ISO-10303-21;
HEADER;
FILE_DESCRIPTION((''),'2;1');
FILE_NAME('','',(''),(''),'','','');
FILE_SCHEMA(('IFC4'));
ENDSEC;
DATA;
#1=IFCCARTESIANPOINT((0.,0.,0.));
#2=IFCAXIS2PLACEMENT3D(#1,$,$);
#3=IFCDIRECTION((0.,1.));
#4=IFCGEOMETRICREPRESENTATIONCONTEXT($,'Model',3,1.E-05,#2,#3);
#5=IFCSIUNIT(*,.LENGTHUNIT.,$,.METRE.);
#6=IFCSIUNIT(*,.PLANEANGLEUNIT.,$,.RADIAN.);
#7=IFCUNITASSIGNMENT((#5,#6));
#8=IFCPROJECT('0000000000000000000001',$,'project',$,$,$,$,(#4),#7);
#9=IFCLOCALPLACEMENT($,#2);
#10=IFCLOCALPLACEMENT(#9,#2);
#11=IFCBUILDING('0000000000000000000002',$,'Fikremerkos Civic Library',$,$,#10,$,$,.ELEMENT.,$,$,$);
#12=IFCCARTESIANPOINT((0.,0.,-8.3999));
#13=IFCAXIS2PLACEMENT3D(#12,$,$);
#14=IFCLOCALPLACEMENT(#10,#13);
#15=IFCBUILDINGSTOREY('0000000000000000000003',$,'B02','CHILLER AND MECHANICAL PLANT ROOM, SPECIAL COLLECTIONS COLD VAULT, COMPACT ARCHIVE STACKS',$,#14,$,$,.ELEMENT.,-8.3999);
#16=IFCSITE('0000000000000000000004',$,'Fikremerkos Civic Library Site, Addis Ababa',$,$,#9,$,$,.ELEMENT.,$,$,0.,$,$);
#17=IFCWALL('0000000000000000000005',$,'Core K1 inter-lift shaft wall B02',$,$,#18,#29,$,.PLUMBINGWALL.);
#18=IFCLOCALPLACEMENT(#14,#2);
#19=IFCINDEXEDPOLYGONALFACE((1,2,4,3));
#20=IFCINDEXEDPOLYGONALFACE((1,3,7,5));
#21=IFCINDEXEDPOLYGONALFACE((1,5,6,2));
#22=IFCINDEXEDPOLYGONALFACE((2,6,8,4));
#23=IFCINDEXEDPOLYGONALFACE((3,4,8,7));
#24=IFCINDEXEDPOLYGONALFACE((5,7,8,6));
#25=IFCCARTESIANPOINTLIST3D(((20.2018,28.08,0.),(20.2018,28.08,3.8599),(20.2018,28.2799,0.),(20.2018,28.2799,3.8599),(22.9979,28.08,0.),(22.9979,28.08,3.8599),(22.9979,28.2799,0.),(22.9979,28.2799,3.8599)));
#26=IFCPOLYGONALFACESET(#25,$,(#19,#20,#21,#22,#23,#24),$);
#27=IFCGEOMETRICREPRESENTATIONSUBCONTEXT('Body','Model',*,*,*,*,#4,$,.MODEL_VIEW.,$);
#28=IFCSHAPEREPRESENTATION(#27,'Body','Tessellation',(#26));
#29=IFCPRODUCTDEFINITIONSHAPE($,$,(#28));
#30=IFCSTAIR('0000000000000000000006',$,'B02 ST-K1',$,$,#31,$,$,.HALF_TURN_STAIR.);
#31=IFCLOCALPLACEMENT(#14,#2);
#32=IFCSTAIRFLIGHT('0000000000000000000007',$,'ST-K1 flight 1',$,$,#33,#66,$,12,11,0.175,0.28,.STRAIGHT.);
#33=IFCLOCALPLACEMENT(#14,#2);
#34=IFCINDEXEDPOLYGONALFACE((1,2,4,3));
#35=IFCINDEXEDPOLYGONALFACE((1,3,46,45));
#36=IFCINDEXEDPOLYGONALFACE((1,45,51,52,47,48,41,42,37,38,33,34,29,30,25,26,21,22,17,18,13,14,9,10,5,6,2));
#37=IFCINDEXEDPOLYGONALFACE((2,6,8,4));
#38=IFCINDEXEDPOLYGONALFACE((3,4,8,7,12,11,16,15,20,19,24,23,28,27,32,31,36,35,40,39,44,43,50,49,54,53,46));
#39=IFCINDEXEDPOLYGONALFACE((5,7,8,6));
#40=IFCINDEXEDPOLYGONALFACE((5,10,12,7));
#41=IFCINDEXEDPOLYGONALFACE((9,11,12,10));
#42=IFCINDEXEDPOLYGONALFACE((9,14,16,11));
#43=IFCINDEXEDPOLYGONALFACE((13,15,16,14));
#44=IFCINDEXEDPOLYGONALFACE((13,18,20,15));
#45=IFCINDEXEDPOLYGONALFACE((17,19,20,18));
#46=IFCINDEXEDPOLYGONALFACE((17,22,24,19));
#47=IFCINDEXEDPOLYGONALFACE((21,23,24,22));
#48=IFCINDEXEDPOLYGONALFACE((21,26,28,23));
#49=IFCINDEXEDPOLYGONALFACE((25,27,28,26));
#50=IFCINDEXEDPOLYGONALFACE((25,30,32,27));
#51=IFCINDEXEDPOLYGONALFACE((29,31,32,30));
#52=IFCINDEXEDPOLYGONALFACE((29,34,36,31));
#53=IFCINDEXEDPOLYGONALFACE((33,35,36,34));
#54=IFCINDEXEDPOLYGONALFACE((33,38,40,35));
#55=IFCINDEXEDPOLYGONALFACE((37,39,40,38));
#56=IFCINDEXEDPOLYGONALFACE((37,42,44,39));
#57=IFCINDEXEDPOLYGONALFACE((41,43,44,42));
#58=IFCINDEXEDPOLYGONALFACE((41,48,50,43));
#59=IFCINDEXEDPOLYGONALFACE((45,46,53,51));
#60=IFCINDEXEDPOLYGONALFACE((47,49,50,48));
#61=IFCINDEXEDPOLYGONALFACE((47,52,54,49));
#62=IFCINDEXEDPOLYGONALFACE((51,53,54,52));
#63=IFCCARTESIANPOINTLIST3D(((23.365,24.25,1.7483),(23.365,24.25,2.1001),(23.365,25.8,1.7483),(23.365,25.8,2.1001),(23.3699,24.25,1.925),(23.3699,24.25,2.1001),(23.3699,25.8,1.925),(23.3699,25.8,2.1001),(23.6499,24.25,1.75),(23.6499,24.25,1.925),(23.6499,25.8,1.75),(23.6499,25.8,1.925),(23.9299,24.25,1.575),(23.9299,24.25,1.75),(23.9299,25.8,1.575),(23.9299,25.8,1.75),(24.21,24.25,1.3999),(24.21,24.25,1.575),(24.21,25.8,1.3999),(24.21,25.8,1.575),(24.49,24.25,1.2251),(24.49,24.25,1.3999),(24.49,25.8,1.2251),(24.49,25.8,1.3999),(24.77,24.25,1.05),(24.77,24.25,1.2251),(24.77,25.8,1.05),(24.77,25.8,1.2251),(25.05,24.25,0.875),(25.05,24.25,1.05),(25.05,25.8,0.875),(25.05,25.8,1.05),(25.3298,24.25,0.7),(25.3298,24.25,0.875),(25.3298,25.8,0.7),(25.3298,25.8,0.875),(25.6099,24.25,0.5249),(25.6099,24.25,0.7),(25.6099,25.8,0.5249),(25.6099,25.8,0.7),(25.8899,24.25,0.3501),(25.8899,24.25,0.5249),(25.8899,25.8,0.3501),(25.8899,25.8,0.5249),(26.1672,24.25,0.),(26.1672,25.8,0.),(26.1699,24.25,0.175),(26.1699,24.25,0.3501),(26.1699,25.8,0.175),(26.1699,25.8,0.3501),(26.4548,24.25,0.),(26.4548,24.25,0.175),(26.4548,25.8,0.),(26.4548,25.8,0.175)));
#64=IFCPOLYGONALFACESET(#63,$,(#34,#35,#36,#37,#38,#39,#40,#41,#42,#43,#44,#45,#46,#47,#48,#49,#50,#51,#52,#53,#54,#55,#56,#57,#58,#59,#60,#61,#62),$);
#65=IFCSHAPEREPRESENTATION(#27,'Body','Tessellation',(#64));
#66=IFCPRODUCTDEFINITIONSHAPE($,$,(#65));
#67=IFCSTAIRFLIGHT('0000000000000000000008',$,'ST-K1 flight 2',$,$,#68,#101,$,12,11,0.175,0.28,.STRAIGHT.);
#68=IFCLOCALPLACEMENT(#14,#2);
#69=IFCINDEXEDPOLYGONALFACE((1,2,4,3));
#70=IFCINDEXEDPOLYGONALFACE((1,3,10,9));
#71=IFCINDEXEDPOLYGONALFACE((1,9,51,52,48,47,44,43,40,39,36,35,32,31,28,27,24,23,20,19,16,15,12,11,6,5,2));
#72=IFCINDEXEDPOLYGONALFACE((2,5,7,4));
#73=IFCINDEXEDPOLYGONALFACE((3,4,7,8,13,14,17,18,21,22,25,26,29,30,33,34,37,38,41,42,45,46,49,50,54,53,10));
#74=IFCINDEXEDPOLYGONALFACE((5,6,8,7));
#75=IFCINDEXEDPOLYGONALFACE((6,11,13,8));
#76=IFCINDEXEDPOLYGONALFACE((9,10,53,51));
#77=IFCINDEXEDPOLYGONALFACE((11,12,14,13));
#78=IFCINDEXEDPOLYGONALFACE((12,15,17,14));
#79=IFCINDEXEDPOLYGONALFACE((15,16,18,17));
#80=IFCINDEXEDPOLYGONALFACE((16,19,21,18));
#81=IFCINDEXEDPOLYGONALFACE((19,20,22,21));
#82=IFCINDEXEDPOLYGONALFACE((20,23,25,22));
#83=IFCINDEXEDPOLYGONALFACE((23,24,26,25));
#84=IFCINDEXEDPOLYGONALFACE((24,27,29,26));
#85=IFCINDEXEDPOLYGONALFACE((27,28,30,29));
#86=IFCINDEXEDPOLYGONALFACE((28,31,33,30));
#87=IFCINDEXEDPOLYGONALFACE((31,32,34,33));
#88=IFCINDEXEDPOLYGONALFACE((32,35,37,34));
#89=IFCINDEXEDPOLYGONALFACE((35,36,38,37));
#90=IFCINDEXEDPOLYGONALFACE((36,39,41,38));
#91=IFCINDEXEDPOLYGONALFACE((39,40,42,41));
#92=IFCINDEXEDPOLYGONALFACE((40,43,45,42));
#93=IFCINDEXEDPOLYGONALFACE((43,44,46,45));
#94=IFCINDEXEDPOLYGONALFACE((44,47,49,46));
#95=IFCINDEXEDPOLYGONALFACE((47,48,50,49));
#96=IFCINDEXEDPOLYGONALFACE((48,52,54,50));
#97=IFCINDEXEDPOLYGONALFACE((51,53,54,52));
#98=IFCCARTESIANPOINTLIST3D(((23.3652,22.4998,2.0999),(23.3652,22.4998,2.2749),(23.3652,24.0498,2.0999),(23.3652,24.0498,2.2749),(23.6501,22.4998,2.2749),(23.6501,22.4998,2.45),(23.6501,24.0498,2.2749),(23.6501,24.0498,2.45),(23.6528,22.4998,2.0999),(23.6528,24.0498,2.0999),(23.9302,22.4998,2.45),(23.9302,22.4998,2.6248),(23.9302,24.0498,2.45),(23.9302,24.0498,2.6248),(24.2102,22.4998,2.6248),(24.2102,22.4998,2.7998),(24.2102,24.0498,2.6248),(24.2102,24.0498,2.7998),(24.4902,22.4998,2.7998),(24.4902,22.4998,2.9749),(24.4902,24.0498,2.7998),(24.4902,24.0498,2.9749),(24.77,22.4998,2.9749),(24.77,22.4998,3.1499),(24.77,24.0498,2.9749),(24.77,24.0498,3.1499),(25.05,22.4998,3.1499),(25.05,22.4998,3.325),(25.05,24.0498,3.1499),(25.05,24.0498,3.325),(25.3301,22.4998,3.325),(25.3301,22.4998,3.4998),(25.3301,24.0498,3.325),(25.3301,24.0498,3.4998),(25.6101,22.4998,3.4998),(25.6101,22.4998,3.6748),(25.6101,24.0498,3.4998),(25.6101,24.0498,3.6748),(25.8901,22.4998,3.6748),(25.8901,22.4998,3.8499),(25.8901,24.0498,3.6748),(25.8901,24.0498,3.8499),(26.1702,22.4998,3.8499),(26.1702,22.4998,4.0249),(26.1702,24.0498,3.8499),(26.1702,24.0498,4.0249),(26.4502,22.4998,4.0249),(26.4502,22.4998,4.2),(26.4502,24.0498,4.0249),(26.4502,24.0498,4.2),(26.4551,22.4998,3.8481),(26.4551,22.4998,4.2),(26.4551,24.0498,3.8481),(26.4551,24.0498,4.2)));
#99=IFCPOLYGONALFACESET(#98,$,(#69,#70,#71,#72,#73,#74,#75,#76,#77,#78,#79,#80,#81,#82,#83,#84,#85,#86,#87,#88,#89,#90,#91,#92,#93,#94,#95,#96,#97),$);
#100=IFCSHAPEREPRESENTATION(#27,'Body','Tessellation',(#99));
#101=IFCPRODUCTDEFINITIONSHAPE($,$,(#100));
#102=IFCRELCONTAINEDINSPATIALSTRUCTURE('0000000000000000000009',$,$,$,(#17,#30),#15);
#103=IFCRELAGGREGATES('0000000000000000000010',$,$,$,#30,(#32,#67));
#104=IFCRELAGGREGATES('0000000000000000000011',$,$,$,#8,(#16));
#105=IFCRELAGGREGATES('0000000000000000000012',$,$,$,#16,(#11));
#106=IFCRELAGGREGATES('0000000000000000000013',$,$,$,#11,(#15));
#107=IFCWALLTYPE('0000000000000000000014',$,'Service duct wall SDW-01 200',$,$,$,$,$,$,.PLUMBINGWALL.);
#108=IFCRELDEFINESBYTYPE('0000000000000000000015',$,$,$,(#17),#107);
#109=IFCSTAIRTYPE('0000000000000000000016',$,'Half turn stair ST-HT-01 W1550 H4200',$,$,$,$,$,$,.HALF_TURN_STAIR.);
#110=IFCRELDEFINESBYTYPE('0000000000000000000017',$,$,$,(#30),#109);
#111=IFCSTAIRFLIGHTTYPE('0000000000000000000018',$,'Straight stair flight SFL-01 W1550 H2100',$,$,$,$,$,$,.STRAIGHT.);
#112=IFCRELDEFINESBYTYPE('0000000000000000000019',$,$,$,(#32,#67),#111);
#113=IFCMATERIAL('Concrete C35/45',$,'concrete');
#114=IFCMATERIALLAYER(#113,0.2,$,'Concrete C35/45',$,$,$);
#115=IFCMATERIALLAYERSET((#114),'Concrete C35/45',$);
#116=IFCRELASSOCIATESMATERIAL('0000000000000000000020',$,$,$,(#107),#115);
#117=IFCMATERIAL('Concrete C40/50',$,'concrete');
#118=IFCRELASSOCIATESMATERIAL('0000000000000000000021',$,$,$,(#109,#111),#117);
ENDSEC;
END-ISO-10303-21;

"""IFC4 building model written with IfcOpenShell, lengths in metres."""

from ifc_helpers import new_model, si_unit, direction, frame, frame_2d, origin, place, context, subcontext, project, spatial, polyline, rectangle, outline, extrude, material, layer, layer_set, type_object, element, aggregate, save


model = new_model("IFC4")

# Units and contexts
model_context = context("Model", 3, precision=1e-05, world=origin(), true_north=direction((0.0, 1.0)))
body_context = subcontext(model_context, "Body", "Model", "MODEL_VIEW")
ifc_project = project(units=[si_unit("LENGTHUNIT", "METRE"), si_unit("PLANEANGLEUNIT", "RADIAN")], contexts=[model_context])

# Site, building, storey
site_placement = place(None, origin())
site = spatial("IfcSite", under=ifc_project, at=site_placement, Name="Fikremerkos Civic Library Site, Addis Ababa", CompositionType="ELEMENT", RefElevation=0.0)
building_placement = place(site_placement, origin())
building = spatial("IfcBuilding", under=site, at=building_placement, Name="Fikremerkos Civic Library", CompositionType="ELEMENT")
storey_placement = place(building_placement, frame((0.0, 0.0, -8.3999)))
storey = spatial("IfcBuildingStorey", under=building, at=storey_placement, Name="B02", Description="CHILLER AND MECHANICAL PLANT ROOM, SPECIAL COLLECTIONS COLD VAULT, COMPACT ARCHIVE STACKS", CompositionType="ELEMENT", Elevation=-8.3999)

# Shared definitions
ifc_material_1 = material(Name="Concrete C35/45", Category="concrete")

# Shared definitions
ifc_material_2 = material(Name="Concrete C40/50", Category="concrete")

# Wall
ifc_layer_1 = layer(ifc_material_1, 0.2, Name="Concrete C35/45")
ifc_layer_set_1 = layer_set([ifc_layer_1], Name="Concrete C35/45")
wall_type_1 = type_object("IfcWallType", Name="Service duct wall SDW-01 200", PredefinedType="PLUMBINGWALL", material=ifc_layer_set_1)
wall_1_placement = place(storey_placement, frame((20.2019, 28.1799, 0.0), z_axis=(0.0, 0.0, 1.0), x_axis=(1.0, 0.0, 0.0)))
element("IfcWall", 1, at=wall_1_placement, inside=storey, type_object=wall_type_1, Name="Core K1 inter-lift shaft wall B02", PredefinedType="PLUMBINGWALL", context=body_context, shape_type="SweptSolid", body=[
    extrude(rectangle(XDim=2.7961, YDim=0.2, at=frame_2d((1.3979, 0.0))), origin(), (0.0, 0.0, 1.0), 3.8599),
])

# Stair, stair flights
stair_type = type_object("IfcStairType", Name="Half turn stair ST-HT-01 W1550 H4200", PredefinedType="HALF_TURN_STAIR", material=ifc_material_2)
stair_placement = place(storey_placement, origin())
stair = element("IfcStair", 2, at=stair_placement, inside=storey, type_object=stair_type, Name="B02 ST-K1", PredefinedType="HALF_TURN_STAIR")
stair_flight_type = type_object("IfcStairFlightType", Name="Straight stair flight SFL-01 W1550 H2100", PredefinedType="STRAIGHT", material=ifc_material_2)
stair_flight_1_placement = place(storey_placement, frame((26.45, 25.0249, 0.0), z_axis=(0.0, 0.0, 1.0), x_axis=(-1.0, 0.0, 0.0)))
stair_flight_1 = element("IfcStairFlight", 3, at=stair_flight_1_placement, type_object=stair_flight_type, Name="ST-K1 flight 1", NumberOfRisers=12, NumberOfTreads=11, PredefinedType="STRAIGHT", RiserHeight=0.175, TreadLength=0.28, context=body_context, shape_type="SweptSolid", body=[
    extrude(outline(polyline([(-0.0049, 0.0), (-0.0049, 0.175), (0.28, 0.175), (0.28, 0.3501), (0.5601, 0.3501), (0.5601, 0.5249), (0.8401, 0.5249), (0.8401, 0.7), (1.1201, 0.7), (1.1201, 0.875), (1.3999, 0.875), (1.3999, 1.05), (1.6799, 1.05), (1.6799, 1.2251), (1.96, 1.2251), (1.96, 1.3999), (2.24, 1.3999), (2.24, 1.575), (2.52, 1.575), (2.52, 1.75), (2.8, 1.75), (2.8, 1.925), (3.0801, 1.925), (3.0801, 2.1001), (3.085, 2.1001), (3.085, 1.7483), (0.2827, 0.0), (-0.0049, 0.0)])), frame((0.0, 0.7749, 0.0), z_axis=(0.0, -1.0, 0.0), x_axis=(1.0, 0.0, 0.0)), (0.0, 0.0, 1.0), 1.55),
])
stair_flight_2_placement = place(storey_placement, frame((23.3701, 23.2749, 2.0999), z_axis=(0.0, 0.0, 1.0), x_axis=(1.0, 0.0, 0.0)))
stair_flight_2 = element("IfcStairFlight", 4, at=stair_flight_2_placement, type_object=stair_flight_type, Name="ST-K1 flight 2", NumberOfRisers=12, NumberOfTreads=11, PredefinedType="STRAIGHT", RiserHeight=0.175, TreadLength=0.28, context=body_context, shape_type="SweptSolid", body=[
    extrude(outline(polyline([(-0.0049, 0.0), (-0.0049, 0.175), (0.28, 0.175), (0.28, 0.3501), (0.5601, 0.3501), (0.5601, 0.5249), (0.8401, 0.5249), (0.8401, 0.7), (1.1201, 0.7), (1.1201, 0.875), (1.3999, 0.875), (1.3999, 1.05), (1.6799, 1.05), (1.6799, 1.2251), (1.96, 1.2251), (1.96, 1.3999), (2.24, 1.3999), (2.24, 1.575), (2.52, 1.575), (2.52, 1.75), (2.8, 1.75), (2.8, 1.925), (3.0801, 1.925), (3.0801, 2.1001), (3.085, 2.1001), (3.085, 1.7483), (0.2827, 0.0), (-0.0049, 0.0)])), frame((0.0, 0.7749, 0.0), z_axis=(0.0, -1.0, 0.0), x_axis=(1.0, 0.0, 0.0)), (0.0, 0.0, 1.0), 1.55),
])
aggregate(stair, [stair_flight_1, stair_flight_2])

save(model, "model.ifc")
